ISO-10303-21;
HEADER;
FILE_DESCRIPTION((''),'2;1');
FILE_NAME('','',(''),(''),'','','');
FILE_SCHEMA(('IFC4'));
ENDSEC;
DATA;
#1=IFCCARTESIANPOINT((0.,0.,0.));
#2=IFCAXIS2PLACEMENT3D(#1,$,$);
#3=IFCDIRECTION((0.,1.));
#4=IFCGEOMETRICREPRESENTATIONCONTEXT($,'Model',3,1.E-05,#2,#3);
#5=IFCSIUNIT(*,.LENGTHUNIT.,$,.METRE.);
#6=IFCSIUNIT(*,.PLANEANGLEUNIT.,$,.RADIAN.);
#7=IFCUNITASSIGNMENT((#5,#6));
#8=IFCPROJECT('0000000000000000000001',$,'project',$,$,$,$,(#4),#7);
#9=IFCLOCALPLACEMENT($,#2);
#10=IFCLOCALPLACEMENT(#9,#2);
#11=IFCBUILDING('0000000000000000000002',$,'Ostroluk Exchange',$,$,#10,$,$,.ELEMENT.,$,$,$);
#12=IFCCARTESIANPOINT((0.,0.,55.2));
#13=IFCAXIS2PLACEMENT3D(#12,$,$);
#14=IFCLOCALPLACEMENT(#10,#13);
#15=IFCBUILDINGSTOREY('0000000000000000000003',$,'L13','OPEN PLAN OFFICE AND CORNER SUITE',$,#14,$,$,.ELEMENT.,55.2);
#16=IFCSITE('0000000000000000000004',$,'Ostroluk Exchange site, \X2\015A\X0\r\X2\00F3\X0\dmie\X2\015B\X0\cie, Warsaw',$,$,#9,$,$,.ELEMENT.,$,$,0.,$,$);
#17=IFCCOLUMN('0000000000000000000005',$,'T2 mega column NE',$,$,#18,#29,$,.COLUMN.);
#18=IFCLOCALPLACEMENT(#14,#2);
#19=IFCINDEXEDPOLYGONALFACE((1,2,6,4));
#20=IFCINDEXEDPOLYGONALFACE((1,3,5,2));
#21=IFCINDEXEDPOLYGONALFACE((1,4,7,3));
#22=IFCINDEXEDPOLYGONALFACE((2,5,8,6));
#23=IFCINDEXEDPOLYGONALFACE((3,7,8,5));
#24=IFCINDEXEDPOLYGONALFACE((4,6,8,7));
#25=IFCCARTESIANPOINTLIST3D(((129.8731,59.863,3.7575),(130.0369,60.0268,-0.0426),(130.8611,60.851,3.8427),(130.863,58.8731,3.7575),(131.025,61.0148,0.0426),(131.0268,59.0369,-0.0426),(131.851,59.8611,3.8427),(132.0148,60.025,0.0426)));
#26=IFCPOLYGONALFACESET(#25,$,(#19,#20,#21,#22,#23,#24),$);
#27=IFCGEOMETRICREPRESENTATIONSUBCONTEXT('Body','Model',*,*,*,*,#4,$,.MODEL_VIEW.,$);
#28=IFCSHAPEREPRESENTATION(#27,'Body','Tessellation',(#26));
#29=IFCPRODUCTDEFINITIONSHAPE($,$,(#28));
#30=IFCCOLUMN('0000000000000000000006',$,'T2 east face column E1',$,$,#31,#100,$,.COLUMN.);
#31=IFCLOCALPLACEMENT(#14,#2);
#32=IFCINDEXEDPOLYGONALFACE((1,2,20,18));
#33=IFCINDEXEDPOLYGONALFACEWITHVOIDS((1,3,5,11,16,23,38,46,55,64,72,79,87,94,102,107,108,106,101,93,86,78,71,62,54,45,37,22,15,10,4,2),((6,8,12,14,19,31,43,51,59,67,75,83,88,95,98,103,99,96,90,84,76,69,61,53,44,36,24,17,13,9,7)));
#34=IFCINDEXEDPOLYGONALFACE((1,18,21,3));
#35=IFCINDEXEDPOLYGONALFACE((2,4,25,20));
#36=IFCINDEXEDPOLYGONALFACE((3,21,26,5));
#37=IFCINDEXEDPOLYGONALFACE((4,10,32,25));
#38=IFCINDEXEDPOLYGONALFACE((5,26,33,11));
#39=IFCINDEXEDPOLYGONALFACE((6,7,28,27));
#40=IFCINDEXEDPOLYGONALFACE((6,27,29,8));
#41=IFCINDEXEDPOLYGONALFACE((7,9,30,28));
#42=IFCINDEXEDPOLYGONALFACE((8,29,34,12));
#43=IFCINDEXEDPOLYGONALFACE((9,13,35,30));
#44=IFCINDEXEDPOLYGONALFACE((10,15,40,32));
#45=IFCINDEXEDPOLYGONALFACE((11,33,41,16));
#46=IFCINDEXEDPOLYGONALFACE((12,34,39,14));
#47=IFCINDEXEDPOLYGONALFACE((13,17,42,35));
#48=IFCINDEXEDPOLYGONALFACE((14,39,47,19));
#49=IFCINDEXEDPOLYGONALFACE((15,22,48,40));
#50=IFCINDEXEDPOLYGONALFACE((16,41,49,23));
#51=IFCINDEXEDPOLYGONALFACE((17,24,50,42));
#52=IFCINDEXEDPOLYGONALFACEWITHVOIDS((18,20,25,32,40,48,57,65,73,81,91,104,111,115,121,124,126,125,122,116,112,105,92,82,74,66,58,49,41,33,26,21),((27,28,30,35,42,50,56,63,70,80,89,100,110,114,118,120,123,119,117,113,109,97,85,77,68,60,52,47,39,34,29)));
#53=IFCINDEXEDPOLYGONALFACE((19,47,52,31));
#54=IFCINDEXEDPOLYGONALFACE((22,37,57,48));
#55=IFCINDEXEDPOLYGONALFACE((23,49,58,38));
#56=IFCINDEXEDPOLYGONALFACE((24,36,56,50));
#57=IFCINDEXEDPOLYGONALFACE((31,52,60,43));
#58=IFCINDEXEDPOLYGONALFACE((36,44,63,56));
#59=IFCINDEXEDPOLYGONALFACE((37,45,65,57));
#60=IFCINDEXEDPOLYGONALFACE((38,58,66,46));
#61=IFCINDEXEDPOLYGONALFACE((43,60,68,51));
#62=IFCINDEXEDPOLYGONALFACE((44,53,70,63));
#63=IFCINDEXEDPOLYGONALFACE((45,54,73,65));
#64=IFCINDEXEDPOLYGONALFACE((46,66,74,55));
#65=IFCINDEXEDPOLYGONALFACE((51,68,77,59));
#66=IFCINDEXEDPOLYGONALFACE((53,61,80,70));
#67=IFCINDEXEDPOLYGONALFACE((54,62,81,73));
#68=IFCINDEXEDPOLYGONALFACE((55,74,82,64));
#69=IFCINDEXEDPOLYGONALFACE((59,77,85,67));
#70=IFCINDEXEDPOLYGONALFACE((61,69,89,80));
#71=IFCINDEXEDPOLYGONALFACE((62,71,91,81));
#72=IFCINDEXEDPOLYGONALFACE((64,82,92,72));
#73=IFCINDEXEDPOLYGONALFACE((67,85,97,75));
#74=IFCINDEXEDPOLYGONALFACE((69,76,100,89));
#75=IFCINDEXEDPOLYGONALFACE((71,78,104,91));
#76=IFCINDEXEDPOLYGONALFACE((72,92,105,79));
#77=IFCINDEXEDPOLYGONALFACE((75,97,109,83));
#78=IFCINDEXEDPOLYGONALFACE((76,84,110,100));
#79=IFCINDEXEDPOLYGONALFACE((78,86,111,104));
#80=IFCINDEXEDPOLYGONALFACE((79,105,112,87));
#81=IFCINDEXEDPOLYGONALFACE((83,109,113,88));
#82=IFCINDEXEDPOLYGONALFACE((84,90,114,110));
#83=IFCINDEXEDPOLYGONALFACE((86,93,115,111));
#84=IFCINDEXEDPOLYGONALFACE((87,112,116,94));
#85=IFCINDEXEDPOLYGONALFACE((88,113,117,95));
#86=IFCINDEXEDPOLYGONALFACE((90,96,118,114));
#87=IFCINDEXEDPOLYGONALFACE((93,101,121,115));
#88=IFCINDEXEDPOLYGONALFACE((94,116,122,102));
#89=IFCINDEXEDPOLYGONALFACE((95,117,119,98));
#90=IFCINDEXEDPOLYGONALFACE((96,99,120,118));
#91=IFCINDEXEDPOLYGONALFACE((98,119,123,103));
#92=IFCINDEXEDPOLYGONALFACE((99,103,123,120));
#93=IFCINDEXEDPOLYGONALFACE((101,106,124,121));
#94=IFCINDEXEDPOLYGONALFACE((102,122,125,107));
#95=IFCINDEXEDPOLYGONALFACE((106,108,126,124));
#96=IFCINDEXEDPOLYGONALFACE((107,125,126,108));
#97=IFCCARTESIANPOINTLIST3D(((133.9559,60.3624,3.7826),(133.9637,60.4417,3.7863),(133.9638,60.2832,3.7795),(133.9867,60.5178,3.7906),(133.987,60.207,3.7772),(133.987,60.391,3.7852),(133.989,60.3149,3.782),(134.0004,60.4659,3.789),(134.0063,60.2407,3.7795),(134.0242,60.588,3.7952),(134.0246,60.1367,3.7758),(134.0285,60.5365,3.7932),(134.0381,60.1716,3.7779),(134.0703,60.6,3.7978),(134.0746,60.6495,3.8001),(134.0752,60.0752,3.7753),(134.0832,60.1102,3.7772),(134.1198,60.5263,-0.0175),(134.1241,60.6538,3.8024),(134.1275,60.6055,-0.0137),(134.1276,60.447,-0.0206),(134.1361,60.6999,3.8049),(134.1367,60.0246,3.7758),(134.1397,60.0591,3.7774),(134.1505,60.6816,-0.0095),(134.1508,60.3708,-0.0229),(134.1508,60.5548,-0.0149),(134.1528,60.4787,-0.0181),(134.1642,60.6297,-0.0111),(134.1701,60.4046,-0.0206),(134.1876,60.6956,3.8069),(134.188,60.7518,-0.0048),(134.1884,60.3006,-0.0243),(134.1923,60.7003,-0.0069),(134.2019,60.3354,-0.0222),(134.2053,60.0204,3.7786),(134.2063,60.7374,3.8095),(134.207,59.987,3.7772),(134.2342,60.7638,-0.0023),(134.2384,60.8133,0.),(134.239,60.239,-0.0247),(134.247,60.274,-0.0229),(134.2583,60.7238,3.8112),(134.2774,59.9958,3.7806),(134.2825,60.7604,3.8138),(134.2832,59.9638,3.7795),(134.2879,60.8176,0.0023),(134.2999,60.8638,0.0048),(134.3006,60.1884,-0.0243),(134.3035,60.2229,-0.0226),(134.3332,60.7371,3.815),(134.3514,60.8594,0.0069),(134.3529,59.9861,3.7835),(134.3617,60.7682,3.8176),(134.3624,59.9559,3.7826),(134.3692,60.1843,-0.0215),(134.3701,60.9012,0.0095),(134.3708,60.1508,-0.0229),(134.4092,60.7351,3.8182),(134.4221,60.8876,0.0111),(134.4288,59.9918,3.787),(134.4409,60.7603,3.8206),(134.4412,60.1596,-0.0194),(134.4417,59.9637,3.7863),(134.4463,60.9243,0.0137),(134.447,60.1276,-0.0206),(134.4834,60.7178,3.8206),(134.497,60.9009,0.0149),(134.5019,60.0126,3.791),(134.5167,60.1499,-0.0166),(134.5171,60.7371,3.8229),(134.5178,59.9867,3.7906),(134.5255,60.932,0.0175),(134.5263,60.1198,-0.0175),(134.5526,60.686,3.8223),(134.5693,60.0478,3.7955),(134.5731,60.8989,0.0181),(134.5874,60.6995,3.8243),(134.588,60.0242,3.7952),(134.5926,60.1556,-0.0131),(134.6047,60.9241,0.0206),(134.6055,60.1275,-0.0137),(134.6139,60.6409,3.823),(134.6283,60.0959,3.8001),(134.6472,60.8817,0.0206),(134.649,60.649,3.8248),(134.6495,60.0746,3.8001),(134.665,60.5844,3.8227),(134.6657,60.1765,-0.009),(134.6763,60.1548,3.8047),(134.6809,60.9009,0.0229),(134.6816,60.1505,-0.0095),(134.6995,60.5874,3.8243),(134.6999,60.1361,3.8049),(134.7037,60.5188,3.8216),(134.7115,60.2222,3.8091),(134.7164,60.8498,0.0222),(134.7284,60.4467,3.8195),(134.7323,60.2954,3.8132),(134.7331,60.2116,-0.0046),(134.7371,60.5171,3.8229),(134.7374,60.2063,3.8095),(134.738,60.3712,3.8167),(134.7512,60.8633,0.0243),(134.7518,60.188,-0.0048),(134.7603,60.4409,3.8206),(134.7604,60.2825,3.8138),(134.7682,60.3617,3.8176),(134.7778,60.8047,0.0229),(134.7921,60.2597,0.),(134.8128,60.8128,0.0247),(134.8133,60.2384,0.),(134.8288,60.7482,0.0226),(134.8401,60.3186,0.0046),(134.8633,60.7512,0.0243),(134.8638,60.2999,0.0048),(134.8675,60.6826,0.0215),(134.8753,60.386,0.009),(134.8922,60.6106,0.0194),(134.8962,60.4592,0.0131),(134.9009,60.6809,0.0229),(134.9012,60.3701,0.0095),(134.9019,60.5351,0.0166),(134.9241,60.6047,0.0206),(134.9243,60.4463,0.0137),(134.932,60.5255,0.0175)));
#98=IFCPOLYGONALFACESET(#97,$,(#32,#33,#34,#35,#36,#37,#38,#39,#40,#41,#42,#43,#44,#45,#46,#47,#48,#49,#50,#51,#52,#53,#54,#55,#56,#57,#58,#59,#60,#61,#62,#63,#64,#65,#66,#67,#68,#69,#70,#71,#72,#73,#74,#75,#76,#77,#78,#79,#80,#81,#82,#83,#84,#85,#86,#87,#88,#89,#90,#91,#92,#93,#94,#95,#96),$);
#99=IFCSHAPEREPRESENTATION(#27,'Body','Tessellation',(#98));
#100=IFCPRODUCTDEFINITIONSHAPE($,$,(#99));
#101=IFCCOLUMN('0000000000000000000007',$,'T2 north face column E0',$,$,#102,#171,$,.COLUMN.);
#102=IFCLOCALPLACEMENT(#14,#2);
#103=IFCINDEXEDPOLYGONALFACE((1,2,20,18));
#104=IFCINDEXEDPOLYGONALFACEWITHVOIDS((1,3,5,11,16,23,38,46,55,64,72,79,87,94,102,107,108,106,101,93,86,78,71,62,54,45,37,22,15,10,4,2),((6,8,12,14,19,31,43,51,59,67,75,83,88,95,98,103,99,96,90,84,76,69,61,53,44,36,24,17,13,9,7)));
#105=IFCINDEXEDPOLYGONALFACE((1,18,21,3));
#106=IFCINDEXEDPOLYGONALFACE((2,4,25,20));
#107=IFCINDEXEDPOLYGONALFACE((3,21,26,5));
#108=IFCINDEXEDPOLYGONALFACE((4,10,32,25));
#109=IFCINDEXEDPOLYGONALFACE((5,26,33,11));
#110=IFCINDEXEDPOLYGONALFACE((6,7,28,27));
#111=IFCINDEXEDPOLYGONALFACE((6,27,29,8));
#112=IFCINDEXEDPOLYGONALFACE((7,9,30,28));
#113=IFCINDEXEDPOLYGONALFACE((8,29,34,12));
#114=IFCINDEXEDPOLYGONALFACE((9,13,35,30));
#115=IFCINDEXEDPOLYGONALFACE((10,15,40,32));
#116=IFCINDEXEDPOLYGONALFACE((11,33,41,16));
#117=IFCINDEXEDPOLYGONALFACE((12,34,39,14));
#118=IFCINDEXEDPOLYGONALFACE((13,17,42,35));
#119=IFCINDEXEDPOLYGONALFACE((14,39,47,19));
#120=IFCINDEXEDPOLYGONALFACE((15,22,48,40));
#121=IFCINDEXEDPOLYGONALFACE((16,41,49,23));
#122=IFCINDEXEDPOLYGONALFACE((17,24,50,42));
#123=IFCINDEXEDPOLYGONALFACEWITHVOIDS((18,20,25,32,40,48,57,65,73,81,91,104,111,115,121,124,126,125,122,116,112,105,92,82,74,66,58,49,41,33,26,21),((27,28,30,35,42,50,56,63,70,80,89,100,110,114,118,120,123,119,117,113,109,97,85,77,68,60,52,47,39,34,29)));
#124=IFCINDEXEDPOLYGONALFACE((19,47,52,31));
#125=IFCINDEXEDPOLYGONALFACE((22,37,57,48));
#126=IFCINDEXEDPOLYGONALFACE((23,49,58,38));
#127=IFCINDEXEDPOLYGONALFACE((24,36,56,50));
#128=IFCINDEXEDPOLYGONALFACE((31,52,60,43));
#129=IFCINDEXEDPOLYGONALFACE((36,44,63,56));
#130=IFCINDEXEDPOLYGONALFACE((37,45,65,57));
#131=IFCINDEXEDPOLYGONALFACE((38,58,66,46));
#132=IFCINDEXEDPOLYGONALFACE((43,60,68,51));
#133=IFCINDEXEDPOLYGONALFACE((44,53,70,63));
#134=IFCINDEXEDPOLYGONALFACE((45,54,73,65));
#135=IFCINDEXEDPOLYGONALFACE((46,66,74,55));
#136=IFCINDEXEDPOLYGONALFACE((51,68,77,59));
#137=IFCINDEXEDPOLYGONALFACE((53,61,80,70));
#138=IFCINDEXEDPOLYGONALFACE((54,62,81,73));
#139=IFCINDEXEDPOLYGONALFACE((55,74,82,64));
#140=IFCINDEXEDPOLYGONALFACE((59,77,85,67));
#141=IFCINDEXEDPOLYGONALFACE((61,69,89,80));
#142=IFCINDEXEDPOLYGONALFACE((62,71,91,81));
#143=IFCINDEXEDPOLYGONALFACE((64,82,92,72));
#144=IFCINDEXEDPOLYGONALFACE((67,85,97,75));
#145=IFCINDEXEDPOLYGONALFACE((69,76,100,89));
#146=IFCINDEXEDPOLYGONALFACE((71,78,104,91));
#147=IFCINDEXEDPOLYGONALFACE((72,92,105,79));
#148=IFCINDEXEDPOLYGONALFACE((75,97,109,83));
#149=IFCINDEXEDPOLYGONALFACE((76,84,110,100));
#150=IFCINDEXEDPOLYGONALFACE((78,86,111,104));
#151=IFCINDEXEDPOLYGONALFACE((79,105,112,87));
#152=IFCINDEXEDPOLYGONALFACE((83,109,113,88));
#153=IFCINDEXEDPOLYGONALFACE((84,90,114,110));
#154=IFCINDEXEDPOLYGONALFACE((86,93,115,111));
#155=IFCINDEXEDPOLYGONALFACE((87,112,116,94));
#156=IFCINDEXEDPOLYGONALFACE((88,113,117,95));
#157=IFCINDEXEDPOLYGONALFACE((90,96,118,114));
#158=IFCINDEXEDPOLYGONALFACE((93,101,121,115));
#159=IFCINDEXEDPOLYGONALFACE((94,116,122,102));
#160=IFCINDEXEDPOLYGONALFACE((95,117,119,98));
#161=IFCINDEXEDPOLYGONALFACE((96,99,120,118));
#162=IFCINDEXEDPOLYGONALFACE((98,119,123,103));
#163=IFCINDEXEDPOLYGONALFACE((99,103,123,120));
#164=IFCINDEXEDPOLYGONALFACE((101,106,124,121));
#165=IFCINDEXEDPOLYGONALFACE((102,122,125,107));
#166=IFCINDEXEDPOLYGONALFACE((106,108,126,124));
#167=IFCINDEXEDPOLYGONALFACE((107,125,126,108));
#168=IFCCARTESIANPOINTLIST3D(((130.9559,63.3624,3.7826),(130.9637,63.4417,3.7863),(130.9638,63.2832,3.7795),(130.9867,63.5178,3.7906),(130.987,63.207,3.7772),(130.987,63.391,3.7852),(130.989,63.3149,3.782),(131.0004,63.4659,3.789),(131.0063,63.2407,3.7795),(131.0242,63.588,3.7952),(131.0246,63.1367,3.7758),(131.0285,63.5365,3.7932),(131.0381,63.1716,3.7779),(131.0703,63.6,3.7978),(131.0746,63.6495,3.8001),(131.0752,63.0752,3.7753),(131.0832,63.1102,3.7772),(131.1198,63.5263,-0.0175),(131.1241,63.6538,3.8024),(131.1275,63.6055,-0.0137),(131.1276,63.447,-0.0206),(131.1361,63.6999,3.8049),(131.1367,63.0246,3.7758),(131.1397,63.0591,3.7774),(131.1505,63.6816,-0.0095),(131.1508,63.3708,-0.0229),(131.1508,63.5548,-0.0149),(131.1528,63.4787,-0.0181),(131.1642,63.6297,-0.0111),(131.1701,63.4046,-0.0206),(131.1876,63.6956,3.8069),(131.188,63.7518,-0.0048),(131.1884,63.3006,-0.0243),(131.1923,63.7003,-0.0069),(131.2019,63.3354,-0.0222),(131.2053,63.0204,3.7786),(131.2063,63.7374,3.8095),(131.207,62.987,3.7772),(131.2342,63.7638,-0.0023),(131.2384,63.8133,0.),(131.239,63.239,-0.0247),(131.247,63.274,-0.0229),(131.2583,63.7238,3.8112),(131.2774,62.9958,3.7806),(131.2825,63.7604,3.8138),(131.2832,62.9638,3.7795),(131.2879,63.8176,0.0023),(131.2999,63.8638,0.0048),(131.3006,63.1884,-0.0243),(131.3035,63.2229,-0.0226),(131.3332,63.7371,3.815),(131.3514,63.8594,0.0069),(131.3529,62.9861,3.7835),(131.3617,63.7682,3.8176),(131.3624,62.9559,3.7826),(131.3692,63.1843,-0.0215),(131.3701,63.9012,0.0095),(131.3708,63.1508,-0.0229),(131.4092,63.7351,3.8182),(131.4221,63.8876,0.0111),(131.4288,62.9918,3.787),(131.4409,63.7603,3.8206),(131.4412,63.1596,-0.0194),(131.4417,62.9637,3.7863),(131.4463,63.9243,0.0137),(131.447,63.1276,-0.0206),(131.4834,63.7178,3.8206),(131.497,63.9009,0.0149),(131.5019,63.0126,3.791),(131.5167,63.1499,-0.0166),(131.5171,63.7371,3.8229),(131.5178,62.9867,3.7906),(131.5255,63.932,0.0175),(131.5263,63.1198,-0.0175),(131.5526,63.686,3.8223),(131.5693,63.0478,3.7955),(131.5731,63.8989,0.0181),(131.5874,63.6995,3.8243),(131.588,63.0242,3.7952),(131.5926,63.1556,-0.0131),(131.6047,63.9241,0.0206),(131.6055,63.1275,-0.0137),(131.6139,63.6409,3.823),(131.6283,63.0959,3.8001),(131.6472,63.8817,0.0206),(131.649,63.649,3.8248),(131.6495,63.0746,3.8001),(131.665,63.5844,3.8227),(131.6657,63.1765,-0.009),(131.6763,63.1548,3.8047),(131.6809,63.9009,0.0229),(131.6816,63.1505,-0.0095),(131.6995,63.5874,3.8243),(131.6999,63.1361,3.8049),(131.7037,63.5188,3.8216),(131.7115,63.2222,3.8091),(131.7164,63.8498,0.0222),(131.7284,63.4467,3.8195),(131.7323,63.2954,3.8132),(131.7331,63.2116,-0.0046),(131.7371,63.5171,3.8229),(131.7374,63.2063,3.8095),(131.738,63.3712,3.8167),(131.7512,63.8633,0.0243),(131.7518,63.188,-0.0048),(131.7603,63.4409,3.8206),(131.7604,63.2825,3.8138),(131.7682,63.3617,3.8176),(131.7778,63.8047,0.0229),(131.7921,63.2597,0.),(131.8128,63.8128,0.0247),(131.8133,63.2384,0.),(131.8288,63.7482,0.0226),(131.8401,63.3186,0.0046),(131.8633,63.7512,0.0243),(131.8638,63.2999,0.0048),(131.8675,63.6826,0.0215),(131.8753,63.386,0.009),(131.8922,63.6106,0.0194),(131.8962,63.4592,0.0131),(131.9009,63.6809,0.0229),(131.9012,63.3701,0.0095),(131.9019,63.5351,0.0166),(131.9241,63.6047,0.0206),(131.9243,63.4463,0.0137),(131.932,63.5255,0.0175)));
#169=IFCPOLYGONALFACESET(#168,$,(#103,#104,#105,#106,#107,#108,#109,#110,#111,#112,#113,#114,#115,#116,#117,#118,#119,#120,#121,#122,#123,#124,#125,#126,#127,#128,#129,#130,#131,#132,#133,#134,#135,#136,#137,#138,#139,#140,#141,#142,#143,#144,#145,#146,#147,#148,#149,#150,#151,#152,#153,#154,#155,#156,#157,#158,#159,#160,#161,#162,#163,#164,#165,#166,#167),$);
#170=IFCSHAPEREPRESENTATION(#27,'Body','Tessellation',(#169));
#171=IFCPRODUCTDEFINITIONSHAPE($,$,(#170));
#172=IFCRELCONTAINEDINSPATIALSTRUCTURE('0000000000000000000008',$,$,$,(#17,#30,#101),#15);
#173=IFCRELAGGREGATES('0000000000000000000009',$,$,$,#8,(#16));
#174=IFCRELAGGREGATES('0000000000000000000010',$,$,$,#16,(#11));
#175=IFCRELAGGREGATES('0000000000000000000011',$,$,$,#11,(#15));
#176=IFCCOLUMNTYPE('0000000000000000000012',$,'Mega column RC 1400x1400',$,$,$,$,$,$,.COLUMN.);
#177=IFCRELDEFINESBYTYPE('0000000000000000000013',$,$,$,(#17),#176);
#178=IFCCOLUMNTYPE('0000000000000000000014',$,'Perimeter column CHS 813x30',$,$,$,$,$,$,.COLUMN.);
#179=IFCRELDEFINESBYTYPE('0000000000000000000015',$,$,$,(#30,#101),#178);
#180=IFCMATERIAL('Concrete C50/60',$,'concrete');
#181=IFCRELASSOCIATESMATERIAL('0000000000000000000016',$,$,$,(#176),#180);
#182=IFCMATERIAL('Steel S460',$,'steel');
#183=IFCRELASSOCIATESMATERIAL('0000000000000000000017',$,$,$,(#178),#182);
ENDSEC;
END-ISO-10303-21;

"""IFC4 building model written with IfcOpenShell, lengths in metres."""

from ifc_helpers import new_model, si_unit, direction, frame, origin, origin_2d, place, context, subcontext, project, spatial, rectangle, hollow_circle, extrude, material, material_profile, profile_set, type_object, element, save


model = new_model("IFC4")

# Units and contexts
model_context = context("Model", 3, precision=1e-05, world=origin(), true_north=direction((0.0, 1.0)))
body_context = subcontext(model_context, "Body", "Model", "MODEL_VIEW")
ifc_project = project(units=[si_unit("LENGTHUNIT", "METRE"), si_unit("PLANEANGLEUNIT", "RADIAN")], contexts=[model_context])

# Site, building, storey
site_placement = place(None, origin())
site = spatial("IfcSite", under=ifc_project, at=site_placement, Name="Ostroluk Exchange site, Śródmieście, Warsaw", CompositionType="ELEMENT", RefElevation=0.0)
building_placement = place(site_placement, origin())
building = spatial("IfcBuilding", under=site, at=building_placement, Name="Ostroluk Exchange", CompositionType="ELEMENT")
storey_placement = place(building_placement, frame((0.0, 0.0, 55.2)))
storey = spatial("IfcBuildingStorey", under=building, at=storey_placement, Name="L13", Description="OPEN PLAN OFFICE AND CORNER SUITE", CompositionType="ELEMENT", Elevation=55.2)

# Columns
ifc_material_1 = material(Name="Concrete C50/60", Category="concrete")
ifc_material_profile_1 = material_profile(ifc_material_1, rectangle(XDim=1.3999, YDim=1.3999, at=origin_2d()), Name="RC 1400x1400")
ifc_profile_set_1 = profile_set([ifc_material_profile_1], Name="Concrete C50/60")
column_type_1 = type_object("IfcColumnType", Name="Mega column RC 1400x1400", PredefinedType="COLUMN", material=ifc_profile_set_1)
column_placement = place(storey_placement, frame((131.0259, 60.0259, 0.0), z_axis=(-0.04303, -0.04303, 0.998147), x_axis=(0.707107, -0.707107, 0.0)))
element("IfcColumn", 1, at=column_placement, inside=storey, type_object=column_type_1, Name="T2 mega column NE", PredefinedType="COLUMN", context=body_context, shape_type="SweptSolid", body=[
    extrude(rectangle(XDim=1.3999, YDim=1.3999, at=origin_2d()), origin(), (0.0, 0.0, 1.0), 3.8071),
])
ifc_material_2 = material(Name="Steel S460", Category="steel")
ifc_material_profile_2 = material_profile(ifc_material_2, hollow_circle(Radius=0.4065, WallThickness=0.03, at=origin_2d()), Name="CHS 813x30")
ifc_profile_set_2 = profile_set([ifc_material_profile_2], Name="Steel S460")
column_type_2 = type_object("IfcColumnType", Name="Perimeter column CHS 813x30", PredefinedType="COLUMN", material=ifc_profile_set_2)
for number, where, z_axis, x_axis, name in (
    (2, (134.5259, 60.5259, 0.0), (-0.04303, -0.04303, 0.998147), (0.707107, -0.707107, 0.0), "T2 east face column E1"),
    (3, (131.5259, 63.5259, 0.0), (-0.04303, -0.04303, 0.998147), (0.707107, -0.707107, 0.0), "T2 north face column E0"),
):
    element("IfcColumn", number, at=place(storey_placement, frame(where, z_axis=z_axis, x_axis=x_axis)), inside=storey, type_object=column_type_2, Name=name, PredefinedType="COLUMN", context=body_context, shape_type="SweptSolid", body=[
        extrude(hollow_circle(Radius=0.4065, WallThickness=0.03, at=origin_2d()), origin(), (0.0, 0.0, 1.0), 3.8071),
    ])

save(model, "model.ifc")
